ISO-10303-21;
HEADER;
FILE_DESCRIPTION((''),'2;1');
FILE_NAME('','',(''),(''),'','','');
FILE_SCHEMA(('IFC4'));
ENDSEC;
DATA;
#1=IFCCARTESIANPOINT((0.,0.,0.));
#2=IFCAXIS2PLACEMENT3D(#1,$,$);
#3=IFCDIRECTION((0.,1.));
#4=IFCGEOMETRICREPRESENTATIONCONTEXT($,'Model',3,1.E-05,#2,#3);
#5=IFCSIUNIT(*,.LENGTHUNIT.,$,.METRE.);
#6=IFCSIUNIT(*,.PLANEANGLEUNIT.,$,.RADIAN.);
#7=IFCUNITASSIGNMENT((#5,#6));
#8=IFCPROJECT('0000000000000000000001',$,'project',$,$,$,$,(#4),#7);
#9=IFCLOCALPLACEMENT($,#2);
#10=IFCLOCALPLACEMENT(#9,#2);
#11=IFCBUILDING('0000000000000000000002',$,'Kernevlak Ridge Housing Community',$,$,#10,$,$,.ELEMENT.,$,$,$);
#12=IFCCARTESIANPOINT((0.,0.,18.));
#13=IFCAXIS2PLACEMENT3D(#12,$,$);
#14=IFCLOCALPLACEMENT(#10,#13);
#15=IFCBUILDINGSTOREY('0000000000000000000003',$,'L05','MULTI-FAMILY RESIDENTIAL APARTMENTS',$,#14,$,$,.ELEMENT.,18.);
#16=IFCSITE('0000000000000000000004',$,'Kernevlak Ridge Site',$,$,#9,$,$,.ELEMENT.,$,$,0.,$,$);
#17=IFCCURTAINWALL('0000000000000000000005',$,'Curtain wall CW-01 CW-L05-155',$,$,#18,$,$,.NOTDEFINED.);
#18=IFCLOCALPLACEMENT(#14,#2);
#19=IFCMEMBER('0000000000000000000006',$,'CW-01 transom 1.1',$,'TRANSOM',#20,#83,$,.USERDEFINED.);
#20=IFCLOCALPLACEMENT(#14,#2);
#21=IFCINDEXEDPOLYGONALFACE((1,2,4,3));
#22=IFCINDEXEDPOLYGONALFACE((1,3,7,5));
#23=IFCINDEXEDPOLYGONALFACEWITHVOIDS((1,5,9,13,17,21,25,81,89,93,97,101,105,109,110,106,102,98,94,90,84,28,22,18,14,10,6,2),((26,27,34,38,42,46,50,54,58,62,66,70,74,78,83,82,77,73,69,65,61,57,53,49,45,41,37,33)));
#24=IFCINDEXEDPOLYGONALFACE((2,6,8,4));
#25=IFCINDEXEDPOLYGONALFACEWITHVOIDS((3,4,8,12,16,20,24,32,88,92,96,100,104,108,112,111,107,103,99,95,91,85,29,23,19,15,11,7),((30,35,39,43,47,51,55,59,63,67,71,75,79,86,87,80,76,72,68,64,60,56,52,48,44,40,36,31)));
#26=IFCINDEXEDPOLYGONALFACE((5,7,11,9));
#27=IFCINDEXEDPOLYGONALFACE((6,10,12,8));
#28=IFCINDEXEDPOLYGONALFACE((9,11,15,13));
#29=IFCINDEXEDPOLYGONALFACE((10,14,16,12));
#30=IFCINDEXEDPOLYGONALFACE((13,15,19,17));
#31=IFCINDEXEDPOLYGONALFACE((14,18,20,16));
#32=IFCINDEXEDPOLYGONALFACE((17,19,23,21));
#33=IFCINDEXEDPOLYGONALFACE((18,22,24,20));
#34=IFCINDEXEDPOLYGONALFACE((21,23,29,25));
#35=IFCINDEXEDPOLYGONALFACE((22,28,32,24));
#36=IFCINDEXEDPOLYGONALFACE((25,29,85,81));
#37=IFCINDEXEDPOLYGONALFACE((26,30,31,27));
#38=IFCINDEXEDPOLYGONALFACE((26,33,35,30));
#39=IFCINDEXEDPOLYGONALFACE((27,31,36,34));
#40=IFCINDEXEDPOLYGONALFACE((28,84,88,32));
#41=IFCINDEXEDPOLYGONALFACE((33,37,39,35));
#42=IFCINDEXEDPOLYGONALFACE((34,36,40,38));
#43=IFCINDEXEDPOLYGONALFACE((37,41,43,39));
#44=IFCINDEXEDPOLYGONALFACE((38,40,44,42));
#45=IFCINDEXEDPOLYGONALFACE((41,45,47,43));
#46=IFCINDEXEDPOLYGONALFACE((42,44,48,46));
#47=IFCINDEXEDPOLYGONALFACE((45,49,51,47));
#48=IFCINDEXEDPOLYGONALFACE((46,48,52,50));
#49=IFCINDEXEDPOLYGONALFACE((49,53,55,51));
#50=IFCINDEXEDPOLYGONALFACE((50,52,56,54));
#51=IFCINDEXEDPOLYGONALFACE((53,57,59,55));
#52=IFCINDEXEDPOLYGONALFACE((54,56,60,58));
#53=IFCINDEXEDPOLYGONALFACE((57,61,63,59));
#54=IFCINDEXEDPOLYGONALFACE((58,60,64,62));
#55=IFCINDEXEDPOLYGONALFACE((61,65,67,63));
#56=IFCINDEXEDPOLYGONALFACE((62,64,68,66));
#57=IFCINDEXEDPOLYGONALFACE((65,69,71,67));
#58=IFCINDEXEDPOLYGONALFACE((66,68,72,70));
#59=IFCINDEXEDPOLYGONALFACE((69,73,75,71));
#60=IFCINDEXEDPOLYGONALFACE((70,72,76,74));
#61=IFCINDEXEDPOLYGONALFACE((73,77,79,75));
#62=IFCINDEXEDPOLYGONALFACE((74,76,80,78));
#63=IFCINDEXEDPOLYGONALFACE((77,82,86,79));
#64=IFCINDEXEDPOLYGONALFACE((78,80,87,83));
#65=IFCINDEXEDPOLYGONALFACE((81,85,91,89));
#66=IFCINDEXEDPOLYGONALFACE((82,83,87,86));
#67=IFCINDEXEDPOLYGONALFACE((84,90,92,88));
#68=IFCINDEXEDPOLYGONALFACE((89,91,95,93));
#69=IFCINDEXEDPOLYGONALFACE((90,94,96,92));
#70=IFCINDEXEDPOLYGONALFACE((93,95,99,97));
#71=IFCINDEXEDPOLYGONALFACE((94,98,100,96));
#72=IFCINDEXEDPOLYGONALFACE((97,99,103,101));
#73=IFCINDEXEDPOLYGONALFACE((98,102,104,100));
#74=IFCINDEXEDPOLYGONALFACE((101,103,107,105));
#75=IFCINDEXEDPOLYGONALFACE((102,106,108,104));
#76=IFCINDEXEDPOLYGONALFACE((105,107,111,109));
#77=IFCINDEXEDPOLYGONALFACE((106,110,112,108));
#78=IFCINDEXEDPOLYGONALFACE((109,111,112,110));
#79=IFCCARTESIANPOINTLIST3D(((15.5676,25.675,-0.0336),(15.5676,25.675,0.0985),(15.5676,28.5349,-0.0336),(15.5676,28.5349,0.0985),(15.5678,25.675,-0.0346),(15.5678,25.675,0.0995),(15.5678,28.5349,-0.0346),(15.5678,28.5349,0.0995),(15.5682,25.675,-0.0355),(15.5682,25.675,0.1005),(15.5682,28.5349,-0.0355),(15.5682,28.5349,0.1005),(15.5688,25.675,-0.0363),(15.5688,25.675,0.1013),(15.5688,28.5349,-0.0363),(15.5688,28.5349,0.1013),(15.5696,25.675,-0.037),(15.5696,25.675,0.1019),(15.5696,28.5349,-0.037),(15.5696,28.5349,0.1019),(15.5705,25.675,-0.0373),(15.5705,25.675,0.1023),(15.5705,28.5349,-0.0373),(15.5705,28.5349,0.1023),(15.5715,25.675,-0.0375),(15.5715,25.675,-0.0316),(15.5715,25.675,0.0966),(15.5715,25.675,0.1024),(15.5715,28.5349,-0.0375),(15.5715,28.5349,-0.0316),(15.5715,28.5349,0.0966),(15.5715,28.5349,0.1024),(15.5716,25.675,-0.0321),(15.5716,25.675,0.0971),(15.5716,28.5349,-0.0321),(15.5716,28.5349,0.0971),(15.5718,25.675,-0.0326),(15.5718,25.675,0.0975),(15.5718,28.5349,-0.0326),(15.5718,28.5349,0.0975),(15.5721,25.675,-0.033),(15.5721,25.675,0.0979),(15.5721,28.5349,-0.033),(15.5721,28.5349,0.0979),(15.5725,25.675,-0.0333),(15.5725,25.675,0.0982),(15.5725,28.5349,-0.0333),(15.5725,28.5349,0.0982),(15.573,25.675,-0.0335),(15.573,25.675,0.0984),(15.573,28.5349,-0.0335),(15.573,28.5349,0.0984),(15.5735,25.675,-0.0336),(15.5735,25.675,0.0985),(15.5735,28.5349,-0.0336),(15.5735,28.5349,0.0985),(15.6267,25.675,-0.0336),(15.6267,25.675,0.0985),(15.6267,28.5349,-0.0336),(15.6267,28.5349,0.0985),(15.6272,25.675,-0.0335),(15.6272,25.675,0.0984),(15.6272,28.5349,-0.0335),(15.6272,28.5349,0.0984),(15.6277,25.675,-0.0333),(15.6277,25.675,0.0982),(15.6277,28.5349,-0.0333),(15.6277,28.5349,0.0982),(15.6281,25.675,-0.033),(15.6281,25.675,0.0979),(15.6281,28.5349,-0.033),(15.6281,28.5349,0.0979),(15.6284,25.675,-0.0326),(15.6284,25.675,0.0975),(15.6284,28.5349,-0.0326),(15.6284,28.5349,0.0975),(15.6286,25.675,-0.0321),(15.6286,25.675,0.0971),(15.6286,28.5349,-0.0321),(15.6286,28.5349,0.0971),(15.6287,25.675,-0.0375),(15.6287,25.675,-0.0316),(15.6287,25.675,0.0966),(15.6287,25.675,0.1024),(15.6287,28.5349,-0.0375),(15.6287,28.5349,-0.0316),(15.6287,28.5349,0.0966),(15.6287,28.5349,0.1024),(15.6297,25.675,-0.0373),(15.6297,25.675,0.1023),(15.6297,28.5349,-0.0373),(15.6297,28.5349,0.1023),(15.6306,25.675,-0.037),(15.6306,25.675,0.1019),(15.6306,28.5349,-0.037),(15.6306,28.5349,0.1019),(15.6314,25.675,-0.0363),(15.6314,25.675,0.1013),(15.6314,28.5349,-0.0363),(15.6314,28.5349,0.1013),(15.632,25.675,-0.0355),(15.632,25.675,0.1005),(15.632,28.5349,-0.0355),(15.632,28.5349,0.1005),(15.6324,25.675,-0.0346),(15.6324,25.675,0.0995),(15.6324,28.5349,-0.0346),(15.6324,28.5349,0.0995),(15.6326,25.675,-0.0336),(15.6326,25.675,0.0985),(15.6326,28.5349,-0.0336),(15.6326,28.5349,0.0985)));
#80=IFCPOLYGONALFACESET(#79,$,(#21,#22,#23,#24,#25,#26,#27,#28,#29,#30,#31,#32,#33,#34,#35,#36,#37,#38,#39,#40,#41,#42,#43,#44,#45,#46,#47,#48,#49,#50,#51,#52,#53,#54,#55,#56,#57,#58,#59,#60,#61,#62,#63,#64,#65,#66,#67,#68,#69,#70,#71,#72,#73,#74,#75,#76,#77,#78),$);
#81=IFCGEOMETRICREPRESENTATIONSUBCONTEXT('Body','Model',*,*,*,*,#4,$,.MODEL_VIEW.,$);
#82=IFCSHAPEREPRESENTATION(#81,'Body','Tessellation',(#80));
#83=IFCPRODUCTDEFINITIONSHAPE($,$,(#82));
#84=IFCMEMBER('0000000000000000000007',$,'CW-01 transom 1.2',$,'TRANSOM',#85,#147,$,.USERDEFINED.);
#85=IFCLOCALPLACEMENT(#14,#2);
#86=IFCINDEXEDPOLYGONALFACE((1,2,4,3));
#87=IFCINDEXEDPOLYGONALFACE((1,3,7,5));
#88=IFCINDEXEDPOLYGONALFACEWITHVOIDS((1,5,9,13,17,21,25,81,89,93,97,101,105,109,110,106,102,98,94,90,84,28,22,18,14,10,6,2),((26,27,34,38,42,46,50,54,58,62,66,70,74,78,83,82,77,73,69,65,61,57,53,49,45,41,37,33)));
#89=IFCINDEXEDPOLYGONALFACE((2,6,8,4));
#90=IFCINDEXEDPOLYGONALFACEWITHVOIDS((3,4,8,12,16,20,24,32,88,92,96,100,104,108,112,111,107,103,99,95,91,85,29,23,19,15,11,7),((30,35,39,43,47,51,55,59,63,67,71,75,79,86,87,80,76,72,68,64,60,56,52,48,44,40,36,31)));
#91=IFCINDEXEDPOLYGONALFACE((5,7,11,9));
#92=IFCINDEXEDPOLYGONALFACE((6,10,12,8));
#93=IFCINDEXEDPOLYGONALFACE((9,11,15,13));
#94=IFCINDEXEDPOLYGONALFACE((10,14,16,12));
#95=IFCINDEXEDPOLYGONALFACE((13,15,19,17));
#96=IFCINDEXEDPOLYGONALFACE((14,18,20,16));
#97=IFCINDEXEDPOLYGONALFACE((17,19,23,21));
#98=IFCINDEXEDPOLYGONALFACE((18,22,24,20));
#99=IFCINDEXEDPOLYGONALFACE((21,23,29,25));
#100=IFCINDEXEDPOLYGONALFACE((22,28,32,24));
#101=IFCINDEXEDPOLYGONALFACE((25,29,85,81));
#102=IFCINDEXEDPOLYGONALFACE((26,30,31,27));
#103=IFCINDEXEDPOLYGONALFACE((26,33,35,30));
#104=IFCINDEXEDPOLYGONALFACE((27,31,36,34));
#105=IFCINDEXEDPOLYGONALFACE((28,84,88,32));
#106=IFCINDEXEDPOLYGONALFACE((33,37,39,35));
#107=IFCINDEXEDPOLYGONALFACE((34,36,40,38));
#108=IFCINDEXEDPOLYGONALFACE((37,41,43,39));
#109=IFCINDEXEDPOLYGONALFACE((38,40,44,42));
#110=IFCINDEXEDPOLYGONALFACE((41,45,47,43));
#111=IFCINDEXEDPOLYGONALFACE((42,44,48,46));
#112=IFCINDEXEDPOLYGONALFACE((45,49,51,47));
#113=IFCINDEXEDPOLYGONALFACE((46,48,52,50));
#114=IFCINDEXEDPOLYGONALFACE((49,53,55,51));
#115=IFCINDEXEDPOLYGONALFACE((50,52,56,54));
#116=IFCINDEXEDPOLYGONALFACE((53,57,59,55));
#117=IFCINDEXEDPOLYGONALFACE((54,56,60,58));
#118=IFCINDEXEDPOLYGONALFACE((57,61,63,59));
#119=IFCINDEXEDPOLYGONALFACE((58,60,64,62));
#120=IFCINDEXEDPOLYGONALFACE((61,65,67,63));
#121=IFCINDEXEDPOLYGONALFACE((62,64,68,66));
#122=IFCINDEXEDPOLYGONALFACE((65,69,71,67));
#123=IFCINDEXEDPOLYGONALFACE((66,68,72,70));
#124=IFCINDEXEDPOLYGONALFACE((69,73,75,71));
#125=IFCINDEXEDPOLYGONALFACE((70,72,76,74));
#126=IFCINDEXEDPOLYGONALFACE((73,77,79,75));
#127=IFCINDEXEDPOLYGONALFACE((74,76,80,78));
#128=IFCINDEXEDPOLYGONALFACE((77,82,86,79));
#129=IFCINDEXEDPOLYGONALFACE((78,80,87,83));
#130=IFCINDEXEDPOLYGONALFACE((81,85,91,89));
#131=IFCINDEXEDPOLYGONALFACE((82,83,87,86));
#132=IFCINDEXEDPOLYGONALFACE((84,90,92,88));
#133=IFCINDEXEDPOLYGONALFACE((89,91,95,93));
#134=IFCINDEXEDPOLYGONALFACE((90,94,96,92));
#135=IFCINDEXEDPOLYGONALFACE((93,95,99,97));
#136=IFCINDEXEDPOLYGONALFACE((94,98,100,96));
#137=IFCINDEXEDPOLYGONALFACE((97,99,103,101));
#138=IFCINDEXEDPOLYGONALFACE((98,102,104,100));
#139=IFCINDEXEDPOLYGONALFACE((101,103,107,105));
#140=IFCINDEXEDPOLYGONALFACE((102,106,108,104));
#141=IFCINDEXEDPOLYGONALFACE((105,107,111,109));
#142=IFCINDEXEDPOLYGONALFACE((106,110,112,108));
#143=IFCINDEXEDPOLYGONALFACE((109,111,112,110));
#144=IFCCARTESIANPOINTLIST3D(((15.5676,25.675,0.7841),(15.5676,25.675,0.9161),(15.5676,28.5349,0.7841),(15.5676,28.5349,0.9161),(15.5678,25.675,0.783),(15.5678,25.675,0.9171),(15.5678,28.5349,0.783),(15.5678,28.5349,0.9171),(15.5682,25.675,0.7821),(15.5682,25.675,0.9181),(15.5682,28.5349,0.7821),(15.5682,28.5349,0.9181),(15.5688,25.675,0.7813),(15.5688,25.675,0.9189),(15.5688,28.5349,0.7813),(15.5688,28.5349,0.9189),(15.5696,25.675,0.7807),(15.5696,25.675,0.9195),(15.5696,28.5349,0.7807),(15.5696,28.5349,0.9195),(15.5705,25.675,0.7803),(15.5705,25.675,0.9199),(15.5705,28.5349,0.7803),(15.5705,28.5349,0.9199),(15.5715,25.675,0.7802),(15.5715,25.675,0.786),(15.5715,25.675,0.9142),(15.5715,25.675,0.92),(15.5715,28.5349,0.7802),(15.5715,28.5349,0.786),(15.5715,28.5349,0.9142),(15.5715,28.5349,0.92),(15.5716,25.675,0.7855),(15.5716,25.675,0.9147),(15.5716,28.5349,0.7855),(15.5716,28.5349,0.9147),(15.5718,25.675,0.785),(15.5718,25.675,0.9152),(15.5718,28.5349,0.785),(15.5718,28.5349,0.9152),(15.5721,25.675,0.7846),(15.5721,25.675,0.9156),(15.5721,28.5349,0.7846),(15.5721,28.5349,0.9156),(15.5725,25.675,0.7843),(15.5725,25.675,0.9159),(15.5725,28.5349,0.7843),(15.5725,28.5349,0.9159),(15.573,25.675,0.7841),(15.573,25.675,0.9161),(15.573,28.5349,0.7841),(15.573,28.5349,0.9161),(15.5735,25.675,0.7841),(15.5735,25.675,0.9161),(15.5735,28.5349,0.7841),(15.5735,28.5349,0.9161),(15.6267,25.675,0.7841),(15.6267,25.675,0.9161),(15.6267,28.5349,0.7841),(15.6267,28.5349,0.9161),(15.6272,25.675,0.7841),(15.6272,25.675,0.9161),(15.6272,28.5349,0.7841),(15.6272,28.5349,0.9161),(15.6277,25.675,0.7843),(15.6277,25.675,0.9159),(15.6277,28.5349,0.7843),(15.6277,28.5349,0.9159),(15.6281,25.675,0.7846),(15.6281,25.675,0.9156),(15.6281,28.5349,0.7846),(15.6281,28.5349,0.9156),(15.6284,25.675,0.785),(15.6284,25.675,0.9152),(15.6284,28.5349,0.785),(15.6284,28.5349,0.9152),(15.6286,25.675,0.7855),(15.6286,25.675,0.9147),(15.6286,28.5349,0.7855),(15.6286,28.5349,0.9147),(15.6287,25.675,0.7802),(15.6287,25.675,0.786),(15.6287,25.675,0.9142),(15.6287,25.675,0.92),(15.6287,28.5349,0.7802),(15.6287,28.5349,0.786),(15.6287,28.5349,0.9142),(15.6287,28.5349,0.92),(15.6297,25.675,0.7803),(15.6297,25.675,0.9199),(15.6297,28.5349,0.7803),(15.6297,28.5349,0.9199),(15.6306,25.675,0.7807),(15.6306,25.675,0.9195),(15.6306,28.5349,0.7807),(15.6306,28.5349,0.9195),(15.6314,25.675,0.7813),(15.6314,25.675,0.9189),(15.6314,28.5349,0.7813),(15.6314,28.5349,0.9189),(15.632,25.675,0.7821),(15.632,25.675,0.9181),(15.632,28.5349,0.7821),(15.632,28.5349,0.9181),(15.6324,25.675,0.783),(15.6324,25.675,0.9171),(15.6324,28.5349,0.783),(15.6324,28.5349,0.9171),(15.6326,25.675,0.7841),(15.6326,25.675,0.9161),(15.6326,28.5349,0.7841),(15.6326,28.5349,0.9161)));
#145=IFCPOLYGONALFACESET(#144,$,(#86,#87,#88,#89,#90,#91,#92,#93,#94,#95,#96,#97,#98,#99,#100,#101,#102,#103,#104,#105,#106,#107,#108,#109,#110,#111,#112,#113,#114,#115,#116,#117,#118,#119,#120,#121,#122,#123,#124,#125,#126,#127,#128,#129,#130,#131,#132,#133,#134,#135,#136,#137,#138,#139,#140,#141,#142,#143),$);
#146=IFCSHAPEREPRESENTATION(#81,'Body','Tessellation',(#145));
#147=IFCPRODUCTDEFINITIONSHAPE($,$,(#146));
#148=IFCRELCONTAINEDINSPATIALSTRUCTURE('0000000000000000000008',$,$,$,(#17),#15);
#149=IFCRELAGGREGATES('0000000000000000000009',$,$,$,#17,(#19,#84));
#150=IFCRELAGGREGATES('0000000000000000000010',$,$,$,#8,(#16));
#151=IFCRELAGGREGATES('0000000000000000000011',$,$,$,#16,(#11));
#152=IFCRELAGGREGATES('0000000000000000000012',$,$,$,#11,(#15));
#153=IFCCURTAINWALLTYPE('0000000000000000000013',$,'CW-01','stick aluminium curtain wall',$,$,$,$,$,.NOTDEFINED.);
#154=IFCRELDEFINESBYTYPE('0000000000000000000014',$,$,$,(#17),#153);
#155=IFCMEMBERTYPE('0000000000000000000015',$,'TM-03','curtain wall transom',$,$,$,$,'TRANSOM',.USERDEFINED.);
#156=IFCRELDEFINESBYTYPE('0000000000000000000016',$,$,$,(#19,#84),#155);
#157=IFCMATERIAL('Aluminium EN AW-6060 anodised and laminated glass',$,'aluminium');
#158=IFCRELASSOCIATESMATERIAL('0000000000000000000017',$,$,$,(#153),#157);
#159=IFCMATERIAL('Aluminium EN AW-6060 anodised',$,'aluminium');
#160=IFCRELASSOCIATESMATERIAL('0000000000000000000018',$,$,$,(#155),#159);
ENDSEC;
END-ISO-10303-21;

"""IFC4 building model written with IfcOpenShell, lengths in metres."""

from ifc_helpers import new_model, si_unit, direction, frame, origin, origin_2d, place, context, subcontext, project, spatial, hollow_rectangle, extrude, material, material_profile, profile_set, type_object, element, aggregate, save


model = new_model("IFC4")

# Units and contexts
model_context = context("Model", 3, precision=1e-05, world=origin(), true_north=direction((0.0, 1.0)))
body_context = subcontext(model_context, "Body", "Model", "MODEL_VIEW")
ifc_project = project(units=[si_unit("LENGTHUNIT", "METRE"), si_unit("PLANEANGLEUNIT", "RADIAN")], contexts=[model_context])

# Site, building, storey
site_placement = place(None, origin())
site = spatial("IfcSite", under=ifc_project, at=site_placement, Name="Kernevlak Ridge Site", CompositionType="ELEMENT", RefElevation=0.0)
building_placement = place(site_placement, origin())
building = spatial("IfcBuilding", under=site, at=building_placement, Name="Kernevlak Ridge Housing Community", CompositionType="ELEMENT")
storey_placement = place(building_placement, frame((0.0, 0.0, 18.0)))
storey = spatial("IfcBuildingStorey", under=building, at=storey_placement, Name="L05", Description="MULTI-FAMILY RESIDENTIAL APARTMENTS", CompositionType="ELEMENT", Elevation=18.0)

# Shared definitions
ifc_material_1 = material(Name="Aluminium EN AW-6060 anodised and laminated glass", Category="aluminium")
ifc_material_2 = material(Name="Aluminium EN AW-6060 anodised", Category="aluminium")

# Curtain wall
curtain_wall_type_1 = type_object("IfcCurtainWallType", Name="CW-01", Description="stick aluminium curtain wall", PredefinedType="NOTDEFINED", material=ifc_material_1)
curtain_wall_1_placement = place(storey_placement, origin())
curtain_wall_1 = element("IfcCurtainWall", 1, at=curtain_wall_1_placement, inside=storey, type_object=curtain_wall_type_1, Name="Curtain wall CW-01 CW-L05-155", PredefinedType="NOTDEFINED")

# Members
ifc_material_profile_1 = material_profile(ifc_material_2, hollow_rectangle(XDim=0.0649, YDim=0.1399, WallThickness=0.0039, InnerFilletRadius=0.002, OuterFilletRadius=0.0039, at=origin_2d()), Name="ALU 65x140x4")
ifc_profile_set_1 = profile_set([ifc_material_profile_1], Name="Aluminium EN AW-6060 anodised")
member_type_1 = type_object("IfcMemberType", Name="TM-03", Description="curtain wall transom", ElementType="TRANSOM", PredefinedType="USERDEFINED", material=ifc_profile_set_1)
member_1_placement = place(storey_placement, frame((15.6001, 25.675, 0.0325), z_axis=(0.0, 1.0, 0.0), x_axis=(-1.0, 0.0, 0.0)))
member_1 = element("IfcMember", 2, at=member_1_placement, type_object=member_type_1, Name="CW-01 transom 1.1", ObjectType="TRANSOM", PredefinedType="USERDEFINED", context=body_context, shape_type="SweptSolid", body=[
    extrude(hollow_rectangle(XDim=0.0649, YDim=0.1399, WallThickness=0.0039, InnerFilletRadius=0.002, OuterFilletRadius=0.0039, at=origin_2d()), origin(), (0.0, 0.0, 1.0), 2.8599),
])
member_2_placement = place(storey_placement, frame((15.6001, 25.675, 0.8501), z_axis=(0.0, 1.0, 0.0), x_axis=(-1.0, 0.0, 0.0)))
member_2 = element("IfcMember", 3, at=member_2_placement, type_object=member_type_1, Name="CW-01 transom 1.2", ObjectType="TRANSOM", PredefinedType="USERDEFINED", context=body_context, shape_type="SweptSolid", body=[
    extrude(hollow_rectangle(XDim=0.0649, YDim=0.1399, WallThickness=0.0039, InnerFilletRadius=0.002, OuterFilletRadius=0.0039, at=origin_2d()), origin(), (0.0, 0.0, 1.0), 2.8599),
])
aggregate(curtain_wall_1, [member_1, member_2])

save(model, "model.ifc")
